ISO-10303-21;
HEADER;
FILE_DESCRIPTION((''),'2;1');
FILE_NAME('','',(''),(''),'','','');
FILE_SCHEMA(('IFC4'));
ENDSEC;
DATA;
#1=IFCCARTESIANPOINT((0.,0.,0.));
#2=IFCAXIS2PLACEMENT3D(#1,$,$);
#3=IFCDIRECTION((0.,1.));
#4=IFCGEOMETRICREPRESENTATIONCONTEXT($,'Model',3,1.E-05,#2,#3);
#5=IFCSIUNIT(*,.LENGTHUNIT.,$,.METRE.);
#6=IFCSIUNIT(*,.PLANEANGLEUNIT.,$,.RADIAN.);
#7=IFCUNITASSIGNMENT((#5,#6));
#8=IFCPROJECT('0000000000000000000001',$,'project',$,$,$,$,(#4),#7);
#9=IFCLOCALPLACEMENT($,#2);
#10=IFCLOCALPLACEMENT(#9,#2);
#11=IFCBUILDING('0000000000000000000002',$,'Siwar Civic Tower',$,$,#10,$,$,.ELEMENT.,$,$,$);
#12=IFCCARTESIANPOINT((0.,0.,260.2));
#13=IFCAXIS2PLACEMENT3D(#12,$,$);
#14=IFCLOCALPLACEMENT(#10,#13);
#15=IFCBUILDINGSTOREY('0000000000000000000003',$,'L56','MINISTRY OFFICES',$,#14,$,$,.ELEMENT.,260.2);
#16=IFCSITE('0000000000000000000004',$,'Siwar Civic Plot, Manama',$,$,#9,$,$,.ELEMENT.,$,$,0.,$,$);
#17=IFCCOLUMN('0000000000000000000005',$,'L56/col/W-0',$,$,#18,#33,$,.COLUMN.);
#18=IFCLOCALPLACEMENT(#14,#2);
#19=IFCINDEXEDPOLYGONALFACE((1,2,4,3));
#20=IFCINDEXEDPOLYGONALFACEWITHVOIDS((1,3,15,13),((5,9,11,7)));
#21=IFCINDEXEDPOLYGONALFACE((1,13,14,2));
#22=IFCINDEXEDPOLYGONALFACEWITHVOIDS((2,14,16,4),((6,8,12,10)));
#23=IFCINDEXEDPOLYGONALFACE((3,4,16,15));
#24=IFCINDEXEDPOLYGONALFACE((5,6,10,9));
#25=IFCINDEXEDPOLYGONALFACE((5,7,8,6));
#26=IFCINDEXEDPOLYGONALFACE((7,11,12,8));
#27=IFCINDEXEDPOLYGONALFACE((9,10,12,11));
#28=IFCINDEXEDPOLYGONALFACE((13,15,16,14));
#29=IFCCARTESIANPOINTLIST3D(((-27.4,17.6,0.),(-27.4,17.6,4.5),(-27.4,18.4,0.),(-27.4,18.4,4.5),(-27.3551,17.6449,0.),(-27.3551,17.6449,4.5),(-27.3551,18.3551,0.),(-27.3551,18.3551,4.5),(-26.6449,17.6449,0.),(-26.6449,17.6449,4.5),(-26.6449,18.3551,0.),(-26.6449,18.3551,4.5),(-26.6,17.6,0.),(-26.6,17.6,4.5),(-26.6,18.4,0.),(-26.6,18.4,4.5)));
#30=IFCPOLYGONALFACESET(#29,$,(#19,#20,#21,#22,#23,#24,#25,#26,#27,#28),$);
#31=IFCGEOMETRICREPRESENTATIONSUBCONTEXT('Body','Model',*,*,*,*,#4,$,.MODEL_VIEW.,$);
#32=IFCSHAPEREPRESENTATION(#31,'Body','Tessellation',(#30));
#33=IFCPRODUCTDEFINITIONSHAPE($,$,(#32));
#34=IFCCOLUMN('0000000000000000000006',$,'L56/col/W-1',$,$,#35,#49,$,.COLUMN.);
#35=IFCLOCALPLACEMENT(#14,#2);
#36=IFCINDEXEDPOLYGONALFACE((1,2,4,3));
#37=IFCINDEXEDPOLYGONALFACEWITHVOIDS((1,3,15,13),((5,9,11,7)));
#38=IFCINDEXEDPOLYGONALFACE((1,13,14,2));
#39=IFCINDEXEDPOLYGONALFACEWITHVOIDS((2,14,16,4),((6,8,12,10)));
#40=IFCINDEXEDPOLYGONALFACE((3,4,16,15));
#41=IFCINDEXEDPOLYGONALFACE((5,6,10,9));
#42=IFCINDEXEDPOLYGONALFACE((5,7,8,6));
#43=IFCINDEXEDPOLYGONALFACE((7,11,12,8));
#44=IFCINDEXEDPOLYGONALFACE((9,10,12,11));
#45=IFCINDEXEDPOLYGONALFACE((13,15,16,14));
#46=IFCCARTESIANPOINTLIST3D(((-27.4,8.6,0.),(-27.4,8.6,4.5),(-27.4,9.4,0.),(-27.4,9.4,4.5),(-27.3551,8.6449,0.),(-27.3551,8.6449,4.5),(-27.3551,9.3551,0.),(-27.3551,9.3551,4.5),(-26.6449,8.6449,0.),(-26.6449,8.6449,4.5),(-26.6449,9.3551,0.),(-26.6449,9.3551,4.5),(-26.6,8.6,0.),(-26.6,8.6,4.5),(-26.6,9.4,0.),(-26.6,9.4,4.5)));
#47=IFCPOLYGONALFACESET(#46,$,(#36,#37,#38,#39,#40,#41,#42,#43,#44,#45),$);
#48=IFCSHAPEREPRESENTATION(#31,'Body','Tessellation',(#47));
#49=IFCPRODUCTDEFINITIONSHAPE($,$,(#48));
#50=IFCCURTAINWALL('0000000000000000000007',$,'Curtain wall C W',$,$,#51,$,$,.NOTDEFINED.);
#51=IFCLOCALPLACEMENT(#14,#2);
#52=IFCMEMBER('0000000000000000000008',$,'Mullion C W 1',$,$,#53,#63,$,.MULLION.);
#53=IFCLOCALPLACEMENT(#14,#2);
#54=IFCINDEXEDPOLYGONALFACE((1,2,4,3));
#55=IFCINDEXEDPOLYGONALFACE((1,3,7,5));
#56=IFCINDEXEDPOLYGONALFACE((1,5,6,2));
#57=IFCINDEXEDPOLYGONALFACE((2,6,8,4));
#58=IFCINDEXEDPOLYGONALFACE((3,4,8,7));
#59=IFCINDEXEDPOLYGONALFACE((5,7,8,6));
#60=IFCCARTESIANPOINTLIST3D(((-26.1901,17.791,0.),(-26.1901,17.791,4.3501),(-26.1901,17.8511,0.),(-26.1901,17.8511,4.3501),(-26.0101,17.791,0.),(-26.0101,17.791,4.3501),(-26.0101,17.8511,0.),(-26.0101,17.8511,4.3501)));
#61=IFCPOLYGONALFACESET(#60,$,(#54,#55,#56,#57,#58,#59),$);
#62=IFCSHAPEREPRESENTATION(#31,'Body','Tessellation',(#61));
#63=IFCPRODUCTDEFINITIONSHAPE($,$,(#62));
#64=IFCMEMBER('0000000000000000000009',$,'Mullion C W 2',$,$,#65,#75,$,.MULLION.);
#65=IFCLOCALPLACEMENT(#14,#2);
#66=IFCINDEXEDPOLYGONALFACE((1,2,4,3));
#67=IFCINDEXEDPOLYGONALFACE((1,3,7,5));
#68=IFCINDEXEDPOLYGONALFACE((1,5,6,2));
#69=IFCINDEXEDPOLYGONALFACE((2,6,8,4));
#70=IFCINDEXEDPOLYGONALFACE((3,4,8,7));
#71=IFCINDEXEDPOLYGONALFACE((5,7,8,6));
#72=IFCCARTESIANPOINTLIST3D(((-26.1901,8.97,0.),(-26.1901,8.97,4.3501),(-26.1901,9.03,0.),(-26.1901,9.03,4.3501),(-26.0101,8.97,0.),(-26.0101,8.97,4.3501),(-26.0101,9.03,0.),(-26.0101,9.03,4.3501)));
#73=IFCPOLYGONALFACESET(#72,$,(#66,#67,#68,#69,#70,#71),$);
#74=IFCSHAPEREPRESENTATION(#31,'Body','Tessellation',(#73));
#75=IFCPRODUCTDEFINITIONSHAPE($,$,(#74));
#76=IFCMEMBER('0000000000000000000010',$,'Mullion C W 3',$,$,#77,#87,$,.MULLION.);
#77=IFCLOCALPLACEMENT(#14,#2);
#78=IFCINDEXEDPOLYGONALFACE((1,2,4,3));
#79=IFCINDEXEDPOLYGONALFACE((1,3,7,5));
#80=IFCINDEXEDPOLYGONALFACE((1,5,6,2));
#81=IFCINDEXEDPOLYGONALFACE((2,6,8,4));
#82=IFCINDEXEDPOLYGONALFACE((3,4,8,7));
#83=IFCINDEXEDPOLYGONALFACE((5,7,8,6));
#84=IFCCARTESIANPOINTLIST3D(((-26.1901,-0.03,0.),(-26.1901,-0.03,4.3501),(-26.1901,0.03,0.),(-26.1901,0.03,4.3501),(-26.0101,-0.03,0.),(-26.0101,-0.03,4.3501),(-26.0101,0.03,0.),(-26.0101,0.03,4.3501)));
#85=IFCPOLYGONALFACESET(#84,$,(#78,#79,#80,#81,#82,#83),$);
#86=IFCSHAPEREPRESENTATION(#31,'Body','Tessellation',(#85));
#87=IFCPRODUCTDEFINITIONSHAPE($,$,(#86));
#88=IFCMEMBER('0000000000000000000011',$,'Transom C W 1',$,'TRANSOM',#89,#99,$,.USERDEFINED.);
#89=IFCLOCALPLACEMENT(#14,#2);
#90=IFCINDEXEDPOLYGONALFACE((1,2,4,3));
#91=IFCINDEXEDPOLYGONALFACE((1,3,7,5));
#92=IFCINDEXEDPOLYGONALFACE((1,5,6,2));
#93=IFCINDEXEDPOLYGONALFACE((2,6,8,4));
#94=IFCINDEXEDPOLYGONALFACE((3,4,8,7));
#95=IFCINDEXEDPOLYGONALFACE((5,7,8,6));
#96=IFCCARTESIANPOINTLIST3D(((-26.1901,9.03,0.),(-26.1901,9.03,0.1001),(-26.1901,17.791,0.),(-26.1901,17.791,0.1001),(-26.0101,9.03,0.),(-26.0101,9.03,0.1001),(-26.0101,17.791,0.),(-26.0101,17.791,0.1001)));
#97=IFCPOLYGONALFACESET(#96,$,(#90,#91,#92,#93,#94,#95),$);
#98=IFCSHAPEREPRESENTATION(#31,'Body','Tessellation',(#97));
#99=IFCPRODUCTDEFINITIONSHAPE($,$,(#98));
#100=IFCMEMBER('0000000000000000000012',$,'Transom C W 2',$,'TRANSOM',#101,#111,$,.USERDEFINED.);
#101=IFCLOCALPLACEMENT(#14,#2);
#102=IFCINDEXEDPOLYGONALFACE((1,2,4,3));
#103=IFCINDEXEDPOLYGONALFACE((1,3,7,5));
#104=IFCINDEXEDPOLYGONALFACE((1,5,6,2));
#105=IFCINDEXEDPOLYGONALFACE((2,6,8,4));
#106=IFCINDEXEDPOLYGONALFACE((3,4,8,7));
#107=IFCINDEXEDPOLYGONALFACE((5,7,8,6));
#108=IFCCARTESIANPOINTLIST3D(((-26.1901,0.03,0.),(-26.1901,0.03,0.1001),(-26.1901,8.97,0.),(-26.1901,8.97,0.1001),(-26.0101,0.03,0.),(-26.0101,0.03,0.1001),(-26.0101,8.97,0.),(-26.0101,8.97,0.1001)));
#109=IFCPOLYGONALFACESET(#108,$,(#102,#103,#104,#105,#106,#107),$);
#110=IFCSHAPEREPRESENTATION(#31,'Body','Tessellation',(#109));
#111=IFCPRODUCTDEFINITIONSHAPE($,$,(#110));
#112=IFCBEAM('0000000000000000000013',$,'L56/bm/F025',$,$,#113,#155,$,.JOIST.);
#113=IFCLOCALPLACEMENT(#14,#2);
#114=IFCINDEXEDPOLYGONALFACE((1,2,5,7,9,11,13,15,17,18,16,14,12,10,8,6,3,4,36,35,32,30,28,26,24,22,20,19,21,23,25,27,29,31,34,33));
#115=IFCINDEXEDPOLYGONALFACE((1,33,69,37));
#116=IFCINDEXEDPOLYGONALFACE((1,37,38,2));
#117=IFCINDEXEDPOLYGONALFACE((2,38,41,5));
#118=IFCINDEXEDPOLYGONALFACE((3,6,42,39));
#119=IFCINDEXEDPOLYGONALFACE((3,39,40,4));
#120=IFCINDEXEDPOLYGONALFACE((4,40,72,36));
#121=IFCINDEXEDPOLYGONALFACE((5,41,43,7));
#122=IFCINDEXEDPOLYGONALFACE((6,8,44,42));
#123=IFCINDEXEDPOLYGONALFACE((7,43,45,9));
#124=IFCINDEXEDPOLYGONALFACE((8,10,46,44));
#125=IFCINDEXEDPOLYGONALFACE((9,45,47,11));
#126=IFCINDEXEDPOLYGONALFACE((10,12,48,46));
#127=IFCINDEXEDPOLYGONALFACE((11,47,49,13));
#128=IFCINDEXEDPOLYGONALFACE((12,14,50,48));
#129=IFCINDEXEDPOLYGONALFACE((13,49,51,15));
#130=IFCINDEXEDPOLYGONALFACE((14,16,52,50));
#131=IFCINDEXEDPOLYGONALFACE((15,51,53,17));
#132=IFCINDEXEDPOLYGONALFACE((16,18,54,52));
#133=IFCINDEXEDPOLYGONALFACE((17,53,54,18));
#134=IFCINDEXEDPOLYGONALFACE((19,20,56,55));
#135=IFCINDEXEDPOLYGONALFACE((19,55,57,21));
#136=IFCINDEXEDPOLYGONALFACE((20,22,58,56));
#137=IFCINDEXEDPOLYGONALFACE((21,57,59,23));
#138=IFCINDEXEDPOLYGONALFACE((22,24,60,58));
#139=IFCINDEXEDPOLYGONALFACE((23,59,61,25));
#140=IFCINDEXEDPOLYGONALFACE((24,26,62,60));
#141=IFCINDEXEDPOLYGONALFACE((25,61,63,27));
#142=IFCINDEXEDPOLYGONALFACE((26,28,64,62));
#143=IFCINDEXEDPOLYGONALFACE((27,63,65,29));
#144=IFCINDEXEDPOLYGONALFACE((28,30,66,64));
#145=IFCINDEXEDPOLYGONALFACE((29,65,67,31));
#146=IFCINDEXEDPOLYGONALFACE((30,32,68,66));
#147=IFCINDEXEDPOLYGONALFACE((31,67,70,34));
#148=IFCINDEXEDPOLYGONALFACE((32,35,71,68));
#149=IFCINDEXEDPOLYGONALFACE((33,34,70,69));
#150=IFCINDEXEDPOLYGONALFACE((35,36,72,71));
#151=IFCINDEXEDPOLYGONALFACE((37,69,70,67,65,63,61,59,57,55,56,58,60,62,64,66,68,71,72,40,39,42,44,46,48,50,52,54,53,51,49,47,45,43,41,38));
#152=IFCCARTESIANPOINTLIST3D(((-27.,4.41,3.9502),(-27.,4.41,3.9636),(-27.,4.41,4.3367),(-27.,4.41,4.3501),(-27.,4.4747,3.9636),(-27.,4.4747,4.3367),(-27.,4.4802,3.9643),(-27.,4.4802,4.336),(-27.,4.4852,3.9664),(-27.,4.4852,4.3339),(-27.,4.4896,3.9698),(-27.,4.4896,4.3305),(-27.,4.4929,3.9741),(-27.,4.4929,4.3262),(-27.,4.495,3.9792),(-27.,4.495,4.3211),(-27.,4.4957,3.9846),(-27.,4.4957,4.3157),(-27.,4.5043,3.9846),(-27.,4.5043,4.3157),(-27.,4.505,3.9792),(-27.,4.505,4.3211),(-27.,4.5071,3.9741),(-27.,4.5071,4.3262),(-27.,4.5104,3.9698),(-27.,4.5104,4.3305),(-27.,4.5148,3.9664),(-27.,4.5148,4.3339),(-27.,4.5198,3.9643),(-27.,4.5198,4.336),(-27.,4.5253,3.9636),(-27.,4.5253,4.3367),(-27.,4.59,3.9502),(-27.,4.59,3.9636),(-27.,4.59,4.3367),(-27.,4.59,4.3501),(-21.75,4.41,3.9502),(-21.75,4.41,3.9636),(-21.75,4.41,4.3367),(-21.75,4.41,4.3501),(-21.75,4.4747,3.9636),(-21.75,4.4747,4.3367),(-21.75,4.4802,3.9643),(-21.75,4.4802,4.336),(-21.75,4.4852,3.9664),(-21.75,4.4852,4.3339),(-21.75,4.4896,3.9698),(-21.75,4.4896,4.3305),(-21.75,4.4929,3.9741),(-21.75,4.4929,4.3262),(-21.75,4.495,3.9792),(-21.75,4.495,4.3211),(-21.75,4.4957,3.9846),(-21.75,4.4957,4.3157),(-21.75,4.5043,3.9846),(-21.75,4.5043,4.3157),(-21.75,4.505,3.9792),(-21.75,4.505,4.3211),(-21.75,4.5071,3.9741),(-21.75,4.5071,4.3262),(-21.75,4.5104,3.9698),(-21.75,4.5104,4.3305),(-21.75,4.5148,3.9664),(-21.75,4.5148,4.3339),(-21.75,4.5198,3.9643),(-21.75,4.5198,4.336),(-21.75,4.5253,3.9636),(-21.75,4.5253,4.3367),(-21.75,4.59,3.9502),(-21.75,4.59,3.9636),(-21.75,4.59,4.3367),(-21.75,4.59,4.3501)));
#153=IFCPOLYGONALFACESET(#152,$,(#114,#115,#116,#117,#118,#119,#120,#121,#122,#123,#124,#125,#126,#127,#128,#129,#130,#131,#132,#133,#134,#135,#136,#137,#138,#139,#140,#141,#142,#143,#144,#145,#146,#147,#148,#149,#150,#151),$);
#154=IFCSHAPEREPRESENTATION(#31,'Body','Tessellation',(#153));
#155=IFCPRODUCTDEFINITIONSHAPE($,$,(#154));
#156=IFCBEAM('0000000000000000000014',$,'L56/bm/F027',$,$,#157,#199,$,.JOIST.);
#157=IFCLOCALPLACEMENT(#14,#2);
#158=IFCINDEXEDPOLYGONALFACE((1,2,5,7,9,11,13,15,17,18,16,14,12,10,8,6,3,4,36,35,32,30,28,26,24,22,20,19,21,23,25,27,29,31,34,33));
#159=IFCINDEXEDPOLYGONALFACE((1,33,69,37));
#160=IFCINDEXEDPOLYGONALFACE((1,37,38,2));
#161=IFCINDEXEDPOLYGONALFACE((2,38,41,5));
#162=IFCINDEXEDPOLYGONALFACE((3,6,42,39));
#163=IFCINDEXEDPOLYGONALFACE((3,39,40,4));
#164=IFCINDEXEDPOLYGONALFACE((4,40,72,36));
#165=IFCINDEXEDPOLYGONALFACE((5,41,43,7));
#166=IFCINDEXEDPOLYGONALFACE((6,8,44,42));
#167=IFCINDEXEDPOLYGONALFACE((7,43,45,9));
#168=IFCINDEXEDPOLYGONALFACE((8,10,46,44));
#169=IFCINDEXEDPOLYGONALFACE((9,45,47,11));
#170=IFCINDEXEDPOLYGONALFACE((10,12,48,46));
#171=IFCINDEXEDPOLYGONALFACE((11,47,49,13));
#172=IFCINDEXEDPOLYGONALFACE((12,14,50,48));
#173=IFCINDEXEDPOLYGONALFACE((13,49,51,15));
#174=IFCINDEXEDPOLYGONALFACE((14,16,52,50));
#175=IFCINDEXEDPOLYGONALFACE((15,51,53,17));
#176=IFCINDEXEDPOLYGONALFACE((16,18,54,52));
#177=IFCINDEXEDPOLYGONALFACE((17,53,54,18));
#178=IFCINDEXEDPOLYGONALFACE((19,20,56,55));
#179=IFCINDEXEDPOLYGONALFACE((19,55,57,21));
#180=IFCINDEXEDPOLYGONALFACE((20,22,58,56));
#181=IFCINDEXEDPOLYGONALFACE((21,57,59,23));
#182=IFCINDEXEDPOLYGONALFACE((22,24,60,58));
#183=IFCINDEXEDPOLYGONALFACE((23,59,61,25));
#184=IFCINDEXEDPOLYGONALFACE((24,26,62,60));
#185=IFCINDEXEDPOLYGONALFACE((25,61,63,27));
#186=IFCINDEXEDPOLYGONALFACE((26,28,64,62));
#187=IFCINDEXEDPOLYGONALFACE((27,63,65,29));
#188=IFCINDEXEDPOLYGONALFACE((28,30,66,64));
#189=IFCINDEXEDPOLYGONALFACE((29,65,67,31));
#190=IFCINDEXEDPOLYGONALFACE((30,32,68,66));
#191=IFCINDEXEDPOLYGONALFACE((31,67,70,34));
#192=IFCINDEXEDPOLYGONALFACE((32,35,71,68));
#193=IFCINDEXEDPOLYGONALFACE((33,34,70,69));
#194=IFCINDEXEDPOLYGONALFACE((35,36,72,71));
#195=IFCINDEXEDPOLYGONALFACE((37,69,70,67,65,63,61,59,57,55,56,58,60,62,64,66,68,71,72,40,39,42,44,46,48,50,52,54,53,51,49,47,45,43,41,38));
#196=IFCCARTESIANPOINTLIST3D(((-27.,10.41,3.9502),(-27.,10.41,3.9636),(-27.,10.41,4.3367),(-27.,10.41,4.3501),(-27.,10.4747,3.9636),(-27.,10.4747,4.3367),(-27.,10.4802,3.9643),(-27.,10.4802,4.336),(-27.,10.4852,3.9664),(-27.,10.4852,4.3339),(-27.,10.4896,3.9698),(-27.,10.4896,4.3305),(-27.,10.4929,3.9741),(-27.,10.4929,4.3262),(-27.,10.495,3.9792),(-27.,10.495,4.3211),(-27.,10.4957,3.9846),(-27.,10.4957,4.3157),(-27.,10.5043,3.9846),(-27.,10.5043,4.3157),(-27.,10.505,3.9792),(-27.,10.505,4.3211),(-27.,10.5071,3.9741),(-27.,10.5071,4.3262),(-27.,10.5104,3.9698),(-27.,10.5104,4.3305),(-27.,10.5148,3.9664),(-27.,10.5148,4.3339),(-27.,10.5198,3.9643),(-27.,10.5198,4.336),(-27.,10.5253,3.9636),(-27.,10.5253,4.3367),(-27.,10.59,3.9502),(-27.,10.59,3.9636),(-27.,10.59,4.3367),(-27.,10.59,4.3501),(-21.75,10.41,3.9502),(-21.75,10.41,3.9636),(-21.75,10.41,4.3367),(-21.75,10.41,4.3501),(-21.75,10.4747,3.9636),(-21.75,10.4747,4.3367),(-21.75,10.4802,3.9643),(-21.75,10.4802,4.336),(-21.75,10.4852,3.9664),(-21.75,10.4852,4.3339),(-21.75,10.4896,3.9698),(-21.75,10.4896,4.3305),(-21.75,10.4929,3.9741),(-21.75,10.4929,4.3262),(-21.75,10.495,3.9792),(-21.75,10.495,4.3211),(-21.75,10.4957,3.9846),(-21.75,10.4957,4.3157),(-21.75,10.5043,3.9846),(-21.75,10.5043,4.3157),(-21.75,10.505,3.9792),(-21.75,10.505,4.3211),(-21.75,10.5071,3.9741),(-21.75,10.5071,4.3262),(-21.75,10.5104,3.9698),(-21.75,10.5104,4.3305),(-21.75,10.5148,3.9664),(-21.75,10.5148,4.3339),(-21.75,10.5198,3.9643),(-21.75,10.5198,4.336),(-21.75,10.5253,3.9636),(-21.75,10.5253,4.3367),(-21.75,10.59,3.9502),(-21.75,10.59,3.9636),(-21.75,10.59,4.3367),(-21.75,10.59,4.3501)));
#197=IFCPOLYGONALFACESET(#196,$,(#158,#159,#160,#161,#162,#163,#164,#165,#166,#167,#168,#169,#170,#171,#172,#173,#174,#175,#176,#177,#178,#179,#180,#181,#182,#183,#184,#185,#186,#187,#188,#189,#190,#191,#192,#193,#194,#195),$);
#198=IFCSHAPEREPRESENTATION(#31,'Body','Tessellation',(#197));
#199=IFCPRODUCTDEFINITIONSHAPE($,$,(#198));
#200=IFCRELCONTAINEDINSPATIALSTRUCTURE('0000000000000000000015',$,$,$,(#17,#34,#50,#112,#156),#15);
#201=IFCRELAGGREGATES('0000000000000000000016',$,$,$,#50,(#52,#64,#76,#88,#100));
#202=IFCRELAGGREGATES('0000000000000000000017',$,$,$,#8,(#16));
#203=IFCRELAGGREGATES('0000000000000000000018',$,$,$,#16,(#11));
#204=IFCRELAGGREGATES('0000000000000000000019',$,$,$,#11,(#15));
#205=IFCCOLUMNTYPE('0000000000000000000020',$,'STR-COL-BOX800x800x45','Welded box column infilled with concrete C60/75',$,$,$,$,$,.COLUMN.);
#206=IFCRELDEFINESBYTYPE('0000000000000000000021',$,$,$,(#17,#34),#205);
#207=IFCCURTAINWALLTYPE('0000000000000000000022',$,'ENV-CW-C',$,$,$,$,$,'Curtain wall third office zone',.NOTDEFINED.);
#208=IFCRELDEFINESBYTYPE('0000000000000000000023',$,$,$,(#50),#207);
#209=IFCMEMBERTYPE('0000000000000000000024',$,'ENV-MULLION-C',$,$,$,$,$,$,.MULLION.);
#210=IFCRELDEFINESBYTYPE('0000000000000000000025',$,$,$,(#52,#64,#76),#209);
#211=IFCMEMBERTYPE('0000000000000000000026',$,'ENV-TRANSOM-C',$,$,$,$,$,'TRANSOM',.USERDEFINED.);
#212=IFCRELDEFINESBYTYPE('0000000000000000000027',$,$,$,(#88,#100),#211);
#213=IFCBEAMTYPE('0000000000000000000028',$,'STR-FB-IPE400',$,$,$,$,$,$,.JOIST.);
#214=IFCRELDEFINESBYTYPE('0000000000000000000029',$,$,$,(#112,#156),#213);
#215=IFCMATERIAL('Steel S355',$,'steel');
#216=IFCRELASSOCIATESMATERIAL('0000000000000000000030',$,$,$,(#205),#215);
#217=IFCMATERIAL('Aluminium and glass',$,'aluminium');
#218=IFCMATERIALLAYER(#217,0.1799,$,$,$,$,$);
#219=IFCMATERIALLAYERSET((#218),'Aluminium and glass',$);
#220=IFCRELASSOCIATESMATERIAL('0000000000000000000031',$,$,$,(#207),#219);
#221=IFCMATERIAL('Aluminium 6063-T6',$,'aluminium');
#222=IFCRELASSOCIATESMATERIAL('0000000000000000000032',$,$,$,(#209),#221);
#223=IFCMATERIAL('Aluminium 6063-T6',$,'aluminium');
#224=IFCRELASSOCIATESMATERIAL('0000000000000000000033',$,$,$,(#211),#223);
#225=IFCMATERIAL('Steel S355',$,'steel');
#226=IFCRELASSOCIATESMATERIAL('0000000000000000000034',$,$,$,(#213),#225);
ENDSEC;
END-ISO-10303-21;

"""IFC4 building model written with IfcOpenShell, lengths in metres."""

from ifc_helpers import new_model, si_unit, direction, frame, origin, origin_2d, place, context, subcontext, project, spatial, rectangle, hollow_rectangle, i_section, extrude, material, layer, layer_set, material_profile, profile_set, type_object, element, aggregate, save


model = new_model("IFC4")

# Units and contexts
model_context = context("Model", 3, precision=1e-05, world=origin(), true_north=direction((0.0, 1.0)))
body_context = subcontext(model_context, "Body", "Model", "MODEL_VIEW")
ifc_project = project(units=[si_unit("LENGTHUNIT", "METRE"), si_unit("PLANEANGLEUNIT", "RADIAN")], contexts=[model_context])

# Site, building, storey
site_placement = place(None, origin())
site = spatial("IfcSite", under=ifc_project, at=site_placement, Name="Siwar Civic Plot, Manama", CompositionType="ELEMENT", RefElevation=0.0)
building_placement = place(site_placement, origin())
building = spatial("IfcBuilding", under=site, at=building_placement, Name="Siwar Civic Tower", CompositionType="ELEMENT")
storey_placement = place(building_placement, frame((0.0, 0.0, 260.2)))
storey = spatial("IfcBuildingStorey", under=building, at=storey_placement, Name="L56", Description="MINISTRY OFFICES", CompositionType="ELEMENT", Elevation=260.2)

# Columns
ifc_material_1 = material(Name="Steel S355", Category="steel")
ifc_material_profile_1 = material_profile(ifc_material_1, hollow_rectangle(XDim=0.8, YDim=0.8, WallThickness=0.0449, at=origin_2d()), Name="BOX800x800x45")
ifc_profile_set_1 = profile_set([ifc_material_profile_1], Name="Steel S355")
column_type = type_object("IfcColumnType", Name="STR-COL-BOX800x800x45", Description="Welded box column infilled with concrete C60/75", PredefinedType="COLUMN", material=ifc_profile_set_1)
for number, where, z_axis, x_axis, name in (
    (1, (-27.0, 18.0, 0.0), (0.0, 0.0, 1.0), (1.0, 0.0, 0.0), "L56/col/W-0"),
    (2, (-27.0, 9.0, 0.0), (0.0, 0.0, 1.0), (1.0, 0.0, 0.0), "L56/col/W-1"),
):
    element("IfcColumn", number, at=place(storey_placement, frame(where, z_axis=z_axis, x_axis=x_axis)), inside=storey, type_object=column_type, Name=name, PredefinedType="COLUMN", context=body_context, shape_type="SweptSolid", body=[
        extrude(hollow_rectangle(XDim=0.8, YDim=0.8, WallThickness=0.0449, at=origin_2d()), origin(), (0.0, 0.0, 1.0), 4.5),
    ])

# Curtain wall, members
ifc_material_2 = material(Name="Aluminium and glass", Category="aluminium")
ifc_layer_1 = layer(ifc_material_2, 0.1799)
ifc_layer_set_1 = layer_set([ifc_layer_1], Name="Aluminium and glass")
curtain_wall_type = type_object("IfcCurtainWallType", Name="ENV-CW-C", ElementType="Curtain wall third office zone", PredefinedType="NOTDEFINED", material=ifc_layer_set_1)
curtain_wall_placement = place(storey_placement, origin())
curtain_wall = element("IfcCurtainWall", 3, at=curtain_wall_placement, inside=storey, type_object=curtain_wall_type, Name="Curtain wall C W", PredefinedType="NOTDEFINED")
ifc_material_3 = material(Name="Aluminium 6063-T6", Category="aluminium")
ifc_material_profile_2 = material_profile(ifc_material_3, rectangle(XDim=0.1799, YDim=0.0601, at=origin_2d()), Name="AL 180x60")
ifc_profile_set_2 = profile_set([ifc_material_profile_2], Name="Aluminium 6063-T6")
member_type_1 = type_object("IfcMemberType", Name="ENV-MULLION-C", PredefinedType="MULLION", material=ifc_profile_set_2)
member_1_placement = place(storey_placement, frame((-26.1001, 17.821, 0.0), z_axis=(0.0, 0.0, 1.0), x_axis=(1.0, 0.0, 0.0)))
member_1 = element("IfcMember", 4, at=member_1_placement, type_object=member_type_1, Name="Mullion C W 1", PredefinedType="MULLION", context=body_context, shape_type="SweptSolid", body=[
    extrude(rectangle(XDim=0.1799, YDim=0.0601, at=origin_2d()), origin(), (0.0, 0.0, 1.0), 4.3501),
])
member_2_placement = place(storey_placement, frame((-26.1001, 9.0, 0.0), z_axis=(0.0, 0.0, 1.0), x_axis=(1.0, 0.0, 0.0)))
member_2 = element("IfcMember", 5, at=member_2_placement, type_object=member_type_1, Name="Mullion C W 2", PredefinedType="MULLION", context=body_context, shape_type="SweptSolid", body=[
    extrude(rectangle(XDim=0.1799, YDim=0.0601, at=origin_2d()), origin(), (0.0, 0.0, 1.0), 4.3501),
])
member_3_placement = place(storey_placement, frame((-26.1001, 0.0, 0.0), z_axis=(0.0, 0.0, 1.0), x_axis=(1.0, 0.0, 0.0)))
member_3 = element("IfcMember", 6, at=member_3_placement, type_object=member_type_1, Name="Mullion C W 3", PredefinedType="MULLION", context=body_context, shape_type="SweptSolid", body=[
    extrude(rectangle(XDim=0.1799, YDim=0.0601, at=origin_2d()), origin(), (0.0, 0.0, 1.0), 4.3501),
])
ifc_material_4 = material(Name="Aluminium 6063-T6", Category="aluminium")
ifc_material_profile_3 = material_profile(ifc_material_4, rectangle(XDim=0.1799, YDim=0.1001, at=origin_2d()), Name="AL 180x100")
ifc_profile_set_3 = profile_set([ifc_material_profile_3], Name="Aluminium 6063-T6")
member_type_2 = type_object("IfcMemberType", Name="ENV-TRANSOM-C", ElementType="TRANSOM", PredefinedType="USERDEFINED", material=ifc_profile_set_3)
member_4_placement = place(storey_placement, frame((-26.1001, 17.791, 0.05), z_axis=(0.0, -1.0, 0.0), x_axis=(1.0, 0.0, 0.0)))
member_4 = element("IfcMember", 7, at=member_4_placement, type_object=member_type_2, Name="Transom C W 1", ObjectType="TRANSOM", PredefinedType="USERDEFINED", context=body_context, shape_type="SweptSolid", body=[
    extrude(rectangle(XDim=0.1799, YDim=0.1001, at=origin_2d()), origin(), (0.0, 0.0, 1.0), 8.761),
])
member_5_placement = place(storey_placement, frame((-26.1001, 8.97, 0.05), z_axis=(0.0, -1.0, 0.0), x_axis=(1.0, 0.0, 0.0)))
member_5 = element("IfcMember", 8, at=member_5_placement, type_object=member_type_2, Name="Transom C W 2", ObjectType="TRANSOM", PredefinedType="USERDEFINED", context=body_context, shape_type="SweptSolid", body=[
    extrude(rectangle(XDim=0.1799, YDim=0.1001, at=origin_2d()), origin(), (0.0, 0.0, 1.0), 8.9399),
])

# Beams
ifc_material_5 = material(Name="Steel S355", Category="steel")
ifc_material_profile_4 = material_profile(ifc_material_5, i_section(OverallWidth=0.1799, OverallDepth=0.3999, WebThickness=0.0085, FlangeThickness=0.0134, FilletRadius=0.021, at=origin_2d()), Name="IPE400")
ifc_profile_set_4 = profile_set([ifc_material_profile_4], Name="Steel S355")
beam_type_1 = type_object("IfcBeamType", Name="STR-FB-IPE400", PredefinedType="JOIST", material=ifc_profile_set_4)
for number, where, z_axis, x_axis, name in (
    (9, (-27.0, 4.5, 4.1501), (1.0, 0.0, 0.0), (0.0, 1.0, 0.0), "L56/bm/F025"),
    (10, (-27.0, 10.5, 4.1501), (1.0, 0.0, 0.0), (0.0, 1.0, 0.0), "L56/bm/F027"),
):
    element("IfcBeam", number, at=place(storey_placement, frame(where, z_axis=z_axis, x_axis=x_axis)), inside=storey, type_object=beam_type_1, Name=name, PredefinedType="JOIST", context=body_context, shape_type="SweptSolid", body=[
        extrude(i_section(OverallWidth=0.1799, OverallDepth=0.3999, WebThickness=0.0085, FlangeThickness=0.0134, FilletRadius=0.021, at=origin_2d()), origin(), (0.0, 0.0, 1.0), 5.25),
    ])

aggregate(curtain_wall, [member_1, member_2, member_3, member_4, member_5])

save(model, "model.ifc")
